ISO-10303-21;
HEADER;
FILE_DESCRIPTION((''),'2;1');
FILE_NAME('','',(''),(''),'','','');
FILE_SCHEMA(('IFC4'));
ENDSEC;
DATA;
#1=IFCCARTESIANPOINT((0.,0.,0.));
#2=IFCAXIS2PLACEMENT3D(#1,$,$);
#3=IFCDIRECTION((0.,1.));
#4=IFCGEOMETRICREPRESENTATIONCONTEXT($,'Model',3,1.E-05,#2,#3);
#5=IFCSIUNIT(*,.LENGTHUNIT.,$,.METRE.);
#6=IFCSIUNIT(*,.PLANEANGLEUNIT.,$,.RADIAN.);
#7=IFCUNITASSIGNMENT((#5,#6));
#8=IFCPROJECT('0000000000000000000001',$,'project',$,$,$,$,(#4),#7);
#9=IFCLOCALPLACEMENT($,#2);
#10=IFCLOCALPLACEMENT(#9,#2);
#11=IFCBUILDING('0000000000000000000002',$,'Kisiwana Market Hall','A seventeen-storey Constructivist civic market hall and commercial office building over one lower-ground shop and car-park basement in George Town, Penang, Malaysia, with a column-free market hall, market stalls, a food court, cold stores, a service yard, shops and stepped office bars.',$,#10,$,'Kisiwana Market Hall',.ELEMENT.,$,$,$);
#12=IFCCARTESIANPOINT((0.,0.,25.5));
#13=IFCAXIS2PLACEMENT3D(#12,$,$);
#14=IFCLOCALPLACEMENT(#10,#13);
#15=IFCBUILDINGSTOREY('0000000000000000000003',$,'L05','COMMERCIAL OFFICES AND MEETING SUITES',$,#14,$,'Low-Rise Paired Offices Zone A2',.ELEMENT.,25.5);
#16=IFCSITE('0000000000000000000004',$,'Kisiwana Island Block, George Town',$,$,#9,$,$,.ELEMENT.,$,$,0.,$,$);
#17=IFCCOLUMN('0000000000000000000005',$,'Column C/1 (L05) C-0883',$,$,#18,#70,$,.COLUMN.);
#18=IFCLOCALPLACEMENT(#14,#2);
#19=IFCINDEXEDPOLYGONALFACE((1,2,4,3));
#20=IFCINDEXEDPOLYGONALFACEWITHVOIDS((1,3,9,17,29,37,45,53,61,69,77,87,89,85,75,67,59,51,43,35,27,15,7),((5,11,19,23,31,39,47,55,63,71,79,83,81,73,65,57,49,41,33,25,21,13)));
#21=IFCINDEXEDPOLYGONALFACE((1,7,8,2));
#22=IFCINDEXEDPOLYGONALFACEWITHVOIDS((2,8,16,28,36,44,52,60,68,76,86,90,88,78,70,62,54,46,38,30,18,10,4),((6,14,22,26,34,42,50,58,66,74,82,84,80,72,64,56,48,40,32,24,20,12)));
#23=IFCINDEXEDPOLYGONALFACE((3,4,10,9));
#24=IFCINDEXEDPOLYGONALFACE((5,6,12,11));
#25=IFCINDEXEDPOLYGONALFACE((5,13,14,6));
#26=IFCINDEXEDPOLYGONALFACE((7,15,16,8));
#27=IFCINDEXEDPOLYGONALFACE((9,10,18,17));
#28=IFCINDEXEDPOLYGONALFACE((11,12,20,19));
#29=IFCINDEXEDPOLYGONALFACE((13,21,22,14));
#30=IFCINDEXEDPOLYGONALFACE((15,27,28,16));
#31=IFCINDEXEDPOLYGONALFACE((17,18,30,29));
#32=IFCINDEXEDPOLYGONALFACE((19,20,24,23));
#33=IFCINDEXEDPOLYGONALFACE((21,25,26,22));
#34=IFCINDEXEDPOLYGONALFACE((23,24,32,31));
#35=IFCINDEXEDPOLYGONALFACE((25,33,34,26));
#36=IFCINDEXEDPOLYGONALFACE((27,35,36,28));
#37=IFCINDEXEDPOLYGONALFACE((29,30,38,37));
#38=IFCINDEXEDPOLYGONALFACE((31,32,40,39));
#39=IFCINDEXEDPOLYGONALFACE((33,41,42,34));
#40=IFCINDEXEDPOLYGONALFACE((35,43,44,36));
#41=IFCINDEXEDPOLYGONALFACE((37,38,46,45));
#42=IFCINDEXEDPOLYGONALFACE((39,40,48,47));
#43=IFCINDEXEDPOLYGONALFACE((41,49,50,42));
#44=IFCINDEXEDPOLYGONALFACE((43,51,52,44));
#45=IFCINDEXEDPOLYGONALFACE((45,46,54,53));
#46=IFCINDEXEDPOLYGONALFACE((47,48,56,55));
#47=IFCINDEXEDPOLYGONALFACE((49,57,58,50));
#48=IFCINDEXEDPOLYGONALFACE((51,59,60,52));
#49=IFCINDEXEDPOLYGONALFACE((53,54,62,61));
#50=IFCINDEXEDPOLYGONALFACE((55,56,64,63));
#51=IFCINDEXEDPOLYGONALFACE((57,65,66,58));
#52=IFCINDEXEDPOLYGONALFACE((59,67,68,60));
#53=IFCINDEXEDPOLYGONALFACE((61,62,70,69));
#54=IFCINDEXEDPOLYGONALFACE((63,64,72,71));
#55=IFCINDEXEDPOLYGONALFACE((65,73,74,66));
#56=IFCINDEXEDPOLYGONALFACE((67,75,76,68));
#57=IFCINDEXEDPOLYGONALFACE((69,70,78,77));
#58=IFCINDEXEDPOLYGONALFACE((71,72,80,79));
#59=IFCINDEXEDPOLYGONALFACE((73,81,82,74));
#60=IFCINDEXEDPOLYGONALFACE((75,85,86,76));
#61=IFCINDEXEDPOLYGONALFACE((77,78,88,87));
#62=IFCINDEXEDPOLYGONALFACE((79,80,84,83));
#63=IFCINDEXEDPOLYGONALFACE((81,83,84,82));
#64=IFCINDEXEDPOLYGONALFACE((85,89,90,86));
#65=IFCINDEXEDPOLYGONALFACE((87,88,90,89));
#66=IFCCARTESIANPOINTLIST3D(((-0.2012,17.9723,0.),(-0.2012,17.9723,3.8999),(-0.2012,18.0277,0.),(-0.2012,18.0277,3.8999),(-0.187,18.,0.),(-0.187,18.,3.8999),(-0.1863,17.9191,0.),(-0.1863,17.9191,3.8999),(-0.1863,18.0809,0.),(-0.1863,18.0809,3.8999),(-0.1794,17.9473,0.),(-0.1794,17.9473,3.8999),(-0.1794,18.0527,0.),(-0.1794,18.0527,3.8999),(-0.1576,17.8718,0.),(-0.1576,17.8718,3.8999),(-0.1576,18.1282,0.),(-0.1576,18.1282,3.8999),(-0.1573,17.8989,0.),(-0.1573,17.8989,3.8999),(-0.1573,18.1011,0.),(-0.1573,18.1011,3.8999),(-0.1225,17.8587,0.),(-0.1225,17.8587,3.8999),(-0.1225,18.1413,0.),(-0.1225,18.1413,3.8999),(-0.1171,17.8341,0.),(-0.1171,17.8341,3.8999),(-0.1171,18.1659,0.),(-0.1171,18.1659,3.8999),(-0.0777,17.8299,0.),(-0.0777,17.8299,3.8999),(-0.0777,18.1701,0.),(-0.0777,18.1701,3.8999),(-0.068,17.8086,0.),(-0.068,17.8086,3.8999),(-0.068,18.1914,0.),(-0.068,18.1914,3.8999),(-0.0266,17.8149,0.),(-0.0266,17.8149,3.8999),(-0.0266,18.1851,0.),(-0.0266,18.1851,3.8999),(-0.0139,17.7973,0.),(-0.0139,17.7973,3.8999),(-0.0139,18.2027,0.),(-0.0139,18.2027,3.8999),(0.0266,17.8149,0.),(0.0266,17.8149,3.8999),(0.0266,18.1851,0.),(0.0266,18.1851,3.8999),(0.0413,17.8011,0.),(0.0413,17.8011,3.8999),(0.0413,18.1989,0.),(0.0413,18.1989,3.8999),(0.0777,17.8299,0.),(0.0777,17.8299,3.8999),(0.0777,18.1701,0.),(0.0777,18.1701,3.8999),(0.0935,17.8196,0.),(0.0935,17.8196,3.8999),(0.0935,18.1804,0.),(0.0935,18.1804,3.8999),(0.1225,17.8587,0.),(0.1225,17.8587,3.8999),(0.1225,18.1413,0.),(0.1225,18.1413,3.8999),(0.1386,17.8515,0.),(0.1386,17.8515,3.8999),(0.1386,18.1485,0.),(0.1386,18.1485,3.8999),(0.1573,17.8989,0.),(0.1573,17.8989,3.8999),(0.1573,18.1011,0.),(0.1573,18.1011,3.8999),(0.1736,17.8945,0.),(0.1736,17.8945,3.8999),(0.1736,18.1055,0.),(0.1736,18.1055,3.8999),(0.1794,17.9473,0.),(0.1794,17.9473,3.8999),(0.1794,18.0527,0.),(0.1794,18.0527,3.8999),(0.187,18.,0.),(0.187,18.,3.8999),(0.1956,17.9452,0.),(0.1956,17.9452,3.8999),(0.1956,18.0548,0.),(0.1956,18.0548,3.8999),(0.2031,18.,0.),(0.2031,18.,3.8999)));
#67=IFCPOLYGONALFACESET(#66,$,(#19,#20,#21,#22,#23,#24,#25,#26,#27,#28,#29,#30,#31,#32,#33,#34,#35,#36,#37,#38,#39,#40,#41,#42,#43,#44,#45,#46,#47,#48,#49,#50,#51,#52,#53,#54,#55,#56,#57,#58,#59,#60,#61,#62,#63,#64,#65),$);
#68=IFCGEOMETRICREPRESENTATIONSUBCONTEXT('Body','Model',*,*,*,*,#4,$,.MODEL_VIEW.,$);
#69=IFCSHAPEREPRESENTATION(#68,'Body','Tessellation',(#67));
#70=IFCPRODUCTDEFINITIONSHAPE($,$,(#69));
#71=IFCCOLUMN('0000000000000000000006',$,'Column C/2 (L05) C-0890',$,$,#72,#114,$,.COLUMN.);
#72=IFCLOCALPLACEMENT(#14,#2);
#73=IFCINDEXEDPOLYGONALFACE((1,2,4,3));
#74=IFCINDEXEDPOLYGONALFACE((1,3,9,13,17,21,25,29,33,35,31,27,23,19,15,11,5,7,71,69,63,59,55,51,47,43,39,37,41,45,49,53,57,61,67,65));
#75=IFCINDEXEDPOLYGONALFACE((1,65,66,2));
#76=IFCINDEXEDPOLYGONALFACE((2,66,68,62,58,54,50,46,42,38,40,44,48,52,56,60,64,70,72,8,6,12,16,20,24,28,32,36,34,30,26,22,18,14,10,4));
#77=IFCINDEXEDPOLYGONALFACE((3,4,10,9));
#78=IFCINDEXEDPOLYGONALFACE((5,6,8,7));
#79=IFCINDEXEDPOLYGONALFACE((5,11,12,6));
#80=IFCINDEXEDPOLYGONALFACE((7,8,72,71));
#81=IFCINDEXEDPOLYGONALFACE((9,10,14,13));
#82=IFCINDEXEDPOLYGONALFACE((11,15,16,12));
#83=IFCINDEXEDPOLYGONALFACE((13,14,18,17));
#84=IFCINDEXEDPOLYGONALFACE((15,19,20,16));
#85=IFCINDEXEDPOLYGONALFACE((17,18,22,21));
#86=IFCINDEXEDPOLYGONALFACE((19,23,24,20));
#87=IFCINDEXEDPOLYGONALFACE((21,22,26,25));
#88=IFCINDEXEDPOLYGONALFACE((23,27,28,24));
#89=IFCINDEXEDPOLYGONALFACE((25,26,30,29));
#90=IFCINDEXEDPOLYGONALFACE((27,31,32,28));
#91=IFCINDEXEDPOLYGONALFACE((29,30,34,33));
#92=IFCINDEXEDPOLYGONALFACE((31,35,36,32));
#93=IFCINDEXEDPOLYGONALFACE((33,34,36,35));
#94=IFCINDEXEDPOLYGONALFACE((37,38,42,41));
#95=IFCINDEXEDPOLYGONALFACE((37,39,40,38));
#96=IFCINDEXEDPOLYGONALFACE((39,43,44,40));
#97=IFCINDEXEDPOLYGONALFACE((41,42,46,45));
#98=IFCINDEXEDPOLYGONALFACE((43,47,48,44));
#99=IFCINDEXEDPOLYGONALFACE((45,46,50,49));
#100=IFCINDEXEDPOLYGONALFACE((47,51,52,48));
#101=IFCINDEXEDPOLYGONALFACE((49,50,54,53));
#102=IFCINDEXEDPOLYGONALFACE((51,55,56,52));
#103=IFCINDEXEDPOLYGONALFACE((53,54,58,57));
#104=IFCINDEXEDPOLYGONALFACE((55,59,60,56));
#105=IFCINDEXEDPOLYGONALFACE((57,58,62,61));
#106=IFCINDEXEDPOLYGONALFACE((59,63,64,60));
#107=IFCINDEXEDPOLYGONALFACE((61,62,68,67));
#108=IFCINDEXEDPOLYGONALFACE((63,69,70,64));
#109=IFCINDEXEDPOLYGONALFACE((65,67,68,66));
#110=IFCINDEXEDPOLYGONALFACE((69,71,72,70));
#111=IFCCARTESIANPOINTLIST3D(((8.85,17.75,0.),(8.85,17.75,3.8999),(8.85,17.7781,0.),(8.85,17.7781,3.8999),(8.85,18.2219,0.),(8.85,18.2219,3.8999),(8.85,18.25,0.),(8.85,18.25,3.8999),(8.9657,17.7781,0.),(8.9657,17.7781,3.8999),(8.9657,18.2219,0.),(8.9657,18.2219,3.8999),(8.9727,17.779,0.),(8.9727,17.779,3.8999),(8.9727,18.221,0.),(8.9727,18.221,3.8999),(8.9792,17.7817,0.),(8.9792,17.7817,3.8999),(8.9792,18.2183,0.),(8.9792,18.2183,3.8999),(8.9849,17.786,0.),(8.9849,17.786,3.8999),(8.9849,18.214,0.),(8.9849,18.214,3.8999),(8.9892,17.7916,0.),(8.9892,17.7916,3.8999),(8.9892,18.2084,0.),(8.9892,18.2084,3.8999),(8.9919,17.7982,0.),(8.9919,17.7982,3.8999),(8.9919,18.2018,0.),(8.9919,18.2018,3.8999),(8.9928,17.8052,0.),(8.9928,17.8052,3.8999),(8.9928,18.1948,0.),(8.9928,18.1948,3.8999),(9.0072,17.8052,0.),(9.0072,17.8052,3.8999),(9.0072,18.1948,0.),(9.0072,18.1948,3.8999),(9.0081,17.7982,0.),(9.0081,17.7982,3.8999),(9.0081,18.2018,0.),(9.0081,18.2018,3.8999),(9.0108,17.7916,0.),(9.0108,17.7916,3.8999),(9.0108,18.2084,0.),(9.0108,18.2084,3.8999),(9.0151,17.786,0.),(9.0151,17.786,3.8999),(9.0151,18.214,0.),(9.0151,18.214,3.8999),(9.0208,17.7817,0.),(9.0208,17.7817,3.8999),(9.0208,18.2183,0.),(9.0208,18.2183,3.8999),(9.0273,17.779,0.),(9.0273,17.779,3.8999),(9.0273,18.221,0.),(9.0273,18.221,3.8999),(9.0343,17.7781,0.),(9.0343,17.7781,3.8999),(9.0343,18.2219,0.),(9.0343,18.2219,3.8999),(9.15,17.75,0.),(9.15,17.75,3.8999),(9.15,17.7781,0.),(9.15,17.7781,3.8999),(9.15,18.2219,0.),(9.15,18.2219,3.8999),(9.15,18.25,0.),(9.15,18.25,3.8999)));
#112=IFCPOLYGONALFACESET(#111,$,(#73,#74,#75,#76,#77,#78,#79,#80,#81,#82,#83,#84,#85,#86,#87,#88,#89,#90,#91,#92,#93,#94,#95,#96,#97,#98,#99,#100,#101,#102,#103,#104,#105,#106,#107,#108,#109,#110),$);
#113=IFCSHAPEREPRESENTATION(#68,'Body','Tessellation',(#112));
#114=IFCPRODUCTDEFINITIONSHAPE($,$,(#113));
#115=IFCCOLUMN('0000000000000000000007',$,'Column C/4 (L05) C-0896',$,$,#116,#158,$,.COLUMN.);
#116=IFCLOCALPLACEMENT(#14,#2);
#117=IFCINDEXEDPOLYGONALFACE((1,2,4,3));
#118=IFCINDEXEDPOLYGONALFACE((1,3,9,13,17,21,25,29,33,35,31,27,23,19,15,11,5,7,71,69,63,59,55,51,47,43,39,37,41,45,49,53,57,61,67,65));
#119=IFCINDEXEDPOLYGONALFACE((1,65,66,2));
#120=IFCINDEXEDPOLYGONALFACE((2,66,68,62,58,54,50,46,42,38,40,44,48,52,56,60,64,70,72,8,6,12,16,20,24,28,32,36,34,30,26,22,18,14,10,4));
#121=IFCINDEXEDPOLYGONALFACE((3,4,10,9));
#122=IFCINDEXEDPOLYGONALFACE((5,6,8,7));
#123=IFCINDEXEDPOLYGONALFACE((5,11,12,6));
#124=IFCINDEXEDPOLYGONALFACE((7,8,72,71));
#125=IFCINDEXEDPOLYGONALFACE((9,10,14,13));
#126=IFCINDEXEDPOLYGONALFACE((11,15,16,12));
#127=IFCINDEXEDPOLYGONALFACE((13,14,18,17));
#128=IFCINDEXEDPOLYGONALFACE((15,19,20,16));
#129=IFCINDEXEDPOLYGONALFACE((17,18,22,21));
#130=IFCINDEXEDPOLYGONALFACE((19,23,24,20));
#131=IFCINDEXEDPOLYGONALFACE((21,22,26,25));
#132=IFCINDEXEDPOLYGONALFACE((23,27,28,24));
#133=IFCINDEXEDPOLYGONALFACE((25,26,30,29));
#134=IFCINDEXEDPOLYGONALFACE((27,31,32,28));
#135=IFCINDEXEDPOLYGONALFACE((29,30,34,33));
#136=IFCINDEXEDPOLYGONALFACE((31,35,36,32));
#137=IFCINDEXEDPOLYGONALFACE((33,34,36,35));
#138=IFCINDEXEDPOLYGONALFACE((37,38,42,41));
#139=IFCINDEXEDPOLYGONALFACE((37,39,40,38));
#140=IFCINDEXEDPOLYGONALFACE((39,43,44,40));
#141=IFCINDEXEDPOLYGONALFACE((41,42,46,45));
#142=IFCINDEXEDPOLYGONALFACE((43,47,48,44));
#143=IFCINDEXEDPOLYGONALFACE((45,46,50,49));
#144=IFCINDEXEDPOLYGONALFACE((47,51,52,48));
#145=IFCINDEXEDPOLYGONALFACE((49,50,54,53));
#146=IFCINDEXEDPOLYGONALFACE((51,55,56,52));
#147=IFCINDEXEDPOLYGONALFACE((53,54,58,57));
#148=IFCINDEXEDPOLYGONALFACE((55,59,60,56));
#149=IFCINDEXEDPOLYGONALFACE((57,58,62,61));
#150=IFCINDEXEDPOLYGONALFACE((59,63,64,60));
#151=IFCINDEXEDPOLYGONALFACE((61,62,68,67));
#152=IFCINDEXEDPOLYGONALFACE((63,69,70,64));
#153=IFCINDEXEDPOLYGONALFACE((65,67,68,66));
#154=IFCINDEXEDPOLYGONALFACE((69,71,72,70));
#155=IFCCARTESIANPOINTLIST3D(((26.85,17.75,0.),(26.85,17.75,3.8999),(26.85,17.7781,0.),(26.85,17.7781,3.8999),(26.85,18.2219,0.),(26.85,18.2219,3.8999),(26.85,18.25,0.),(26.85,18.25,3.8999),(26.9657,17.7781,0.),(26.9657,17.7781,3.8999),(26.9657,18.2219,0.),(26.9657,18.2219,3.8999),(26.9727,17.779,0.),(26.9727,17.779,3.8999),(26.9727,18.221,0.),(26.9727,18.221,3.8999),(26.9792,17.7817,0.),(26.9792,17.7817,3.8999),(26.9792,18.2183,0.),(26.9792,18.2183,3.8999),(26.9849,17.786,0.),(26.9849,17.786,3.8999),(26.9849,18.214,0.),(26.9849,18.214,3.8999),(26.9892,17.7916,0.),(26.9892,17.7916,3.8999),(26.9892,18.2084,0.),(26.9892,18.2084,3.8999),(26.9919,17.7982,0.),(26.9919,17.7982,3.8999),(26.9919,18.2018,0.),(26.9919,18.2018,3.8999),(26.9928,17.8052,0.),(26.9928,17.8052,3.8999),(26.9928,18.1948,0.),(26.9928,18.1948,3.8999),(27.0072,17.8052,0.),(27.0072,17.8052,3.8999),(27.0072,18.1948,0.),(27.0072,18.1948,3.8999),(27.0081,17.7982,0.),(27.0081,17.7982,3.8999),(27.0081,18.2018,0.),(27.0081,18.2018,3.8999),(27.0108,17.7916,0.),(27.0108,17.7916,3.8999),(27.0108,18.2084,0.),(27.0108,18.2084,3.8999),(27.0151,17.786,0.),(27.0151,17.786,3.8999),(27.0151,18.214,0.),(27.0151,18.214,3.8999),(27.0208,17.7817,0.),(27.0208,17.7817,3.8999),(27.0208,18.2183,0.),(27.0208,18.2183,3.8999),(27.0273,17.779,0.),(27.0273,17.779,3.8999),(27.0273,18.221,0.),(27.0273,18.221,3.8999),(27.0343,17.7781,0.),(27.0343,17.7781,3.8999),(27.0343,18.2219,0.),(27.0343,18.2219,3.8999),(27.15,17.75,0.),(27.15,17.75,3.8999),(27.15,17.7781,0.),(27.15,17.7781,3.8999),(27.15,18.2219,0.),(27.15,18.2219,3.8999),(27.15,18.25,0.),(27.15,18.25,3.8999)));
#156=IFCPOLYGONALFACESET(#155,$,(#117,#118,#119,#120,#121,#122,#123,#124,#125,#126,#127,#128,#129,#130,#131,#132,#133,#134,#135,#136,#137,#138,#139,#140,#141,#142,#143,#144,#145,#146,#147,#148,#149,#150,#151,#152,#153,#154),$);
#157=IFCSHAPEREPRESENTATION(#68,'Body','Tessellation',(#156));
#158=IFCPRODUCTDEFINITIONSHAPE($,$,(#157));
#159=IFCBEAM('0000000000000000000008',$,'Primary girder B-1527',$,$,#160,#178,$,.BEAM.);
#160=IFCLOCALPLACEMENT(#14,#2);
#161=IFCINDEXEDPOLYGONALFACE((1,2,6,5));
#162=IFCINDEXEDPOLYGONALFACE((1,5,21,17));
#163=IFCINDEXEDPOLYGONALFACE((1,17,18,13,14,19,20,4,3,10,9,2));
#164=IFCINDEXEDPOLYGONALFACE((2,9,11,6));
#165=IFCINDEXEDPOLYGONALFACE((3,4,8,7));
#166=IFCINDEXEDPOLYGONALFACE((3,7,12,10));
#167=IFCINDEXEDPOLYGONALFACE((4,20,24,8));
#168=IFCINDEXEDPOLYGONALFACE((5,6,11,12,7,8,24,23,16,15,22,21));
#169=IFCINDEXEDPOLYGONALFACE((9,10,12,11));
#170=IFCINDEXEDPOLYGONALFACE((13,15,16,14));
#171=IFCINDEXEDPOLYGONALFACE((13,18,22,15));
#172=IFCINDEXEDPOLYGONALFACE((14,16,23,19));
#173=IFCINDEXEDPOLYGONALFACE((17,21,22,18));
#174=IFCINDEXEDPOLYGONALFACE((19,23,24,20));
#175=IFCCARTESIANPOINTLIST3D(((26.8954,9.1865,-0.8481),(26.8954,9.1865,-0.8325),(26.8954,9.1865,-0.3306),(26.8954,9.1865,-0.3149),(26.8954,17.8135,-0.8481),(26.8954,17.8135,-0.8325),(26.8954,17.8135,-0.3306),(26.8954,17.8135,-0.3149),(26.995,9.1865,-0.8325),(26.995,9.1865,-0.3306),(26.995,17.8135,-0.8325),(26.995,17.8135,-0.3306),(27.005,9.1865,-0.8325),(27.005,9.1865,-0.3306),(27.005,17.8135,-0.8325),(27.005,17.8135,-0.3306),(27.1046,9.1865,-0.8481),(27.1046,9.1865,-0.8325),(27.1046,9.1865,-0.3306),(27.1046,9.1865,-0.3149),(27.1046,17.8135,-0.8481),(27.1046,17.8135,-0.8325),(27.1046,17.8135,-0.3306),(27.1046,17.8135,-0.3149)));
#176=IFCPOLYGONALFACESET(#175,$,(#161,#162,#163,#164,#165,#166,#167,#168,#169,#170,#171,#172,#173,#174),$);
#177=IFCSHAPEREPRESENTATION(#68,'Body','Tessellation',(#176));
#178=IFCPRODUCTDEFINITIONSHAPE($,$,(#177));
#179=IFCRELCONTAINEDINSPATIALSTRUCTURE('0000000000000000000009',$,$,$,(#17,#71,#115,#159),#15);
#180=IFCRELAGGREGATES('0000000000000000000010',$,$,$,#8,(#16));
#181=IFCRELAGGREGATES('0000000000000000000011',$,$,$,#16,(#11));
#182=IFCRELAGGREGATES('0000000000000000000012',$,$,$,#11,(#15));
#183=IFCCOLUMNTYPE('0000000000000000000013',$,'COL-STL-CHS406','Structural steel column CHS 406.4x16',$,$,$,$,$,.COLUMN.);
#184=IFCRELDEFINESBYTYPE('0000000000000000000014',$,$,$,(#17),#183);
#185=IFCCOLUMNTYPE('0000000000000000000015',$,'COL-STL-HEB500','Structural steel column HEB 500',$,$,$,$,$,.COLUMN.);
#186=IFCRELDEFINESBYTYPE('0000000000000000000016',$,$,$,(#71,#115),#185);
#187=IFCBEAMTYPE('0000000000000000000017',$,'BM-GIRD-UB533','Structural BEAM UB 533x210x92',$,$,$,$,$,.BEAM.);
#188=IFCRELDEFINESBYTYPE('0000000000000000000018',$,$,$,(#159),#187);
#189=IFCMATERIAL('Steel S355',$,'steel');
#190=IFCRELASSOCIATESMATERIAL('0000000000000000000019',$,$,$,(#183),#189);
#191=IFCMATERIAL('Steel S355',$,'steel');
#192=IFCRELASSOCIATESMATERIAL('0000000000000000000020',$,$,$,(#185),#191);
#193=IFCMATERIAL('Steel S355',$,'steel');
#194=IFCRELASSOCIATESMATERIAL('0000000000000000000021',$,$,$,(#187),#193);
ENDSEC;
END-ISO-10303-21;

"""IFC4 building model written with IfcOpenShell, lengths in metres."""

from ifc_helpers import new_model, si_unit, direction, frame, origin, origin_2d, place, context, subcontext, project, spatial, hollow_circle, i_section, extrude, material, material_profile, profile_set, type_object, element, save


model = new_model("IFC4")

# Units and contexts
model_context = context("Model", 3, precision=1e-05, world=origin(), true_north=direction((0.0, 1.0)))
body_context = subcontext(model_context, "Body", "Model", "MODEL_VIEW")
ifc_project = project(units=[si_unit("LENGTHUNIT", "METRE"), si_unit("PLANEANGLEUNIT", "RADIAN")], contexts=[model_context])

# Site, building, storey
site_placement = place(None, origin())
site = spatial("IfcSite", under=ifc_project, at=site_placement, Name="Kisiwana Island Block, George Town", CompositionType="ELEMENT", RefElevation=0.0)
building_placement = place(site_placement, origin())
building = spatial("IfcBuilding", under=site, at=building_placement, Name="Kisiwana Market Hall", Description="A seventeen-storey Constructivist civic market hall and commercial office building over one lower-ground shop and car-park basement in George Town, Penang, Malaysia, with a column-free market hall, market stalls, a food court, cold stores, a service yard, shops and stepped office bars.", LongName="Kisiwana Market Hall", CompositionType="ELEMENT")
storey_placement = place(building_placement, frame((0.0, 0.0, 25.5)))
storey = spatial("IfcBuildingStorey", under=building, at=storey_placement, Name="L05", Description="COMMERCIAL OFFICES AND MEETING SUITES", LongName="Low-Rise Paired Offices Zone A2", CompositionType="ELEMENT", Elevation=25.5)

# Columns
ifc_material_1 = material(Name="Steel S355", Category="steel")
ifc_material_profile_1 = material_profile(ifc_material_1, hollow_circle(Radius=0.2031, WallThickness=0.0161, at=origin_2d()), Name="CHS 406.4x16")
ifc_profile_set_1 = profile_set([ifc_material_profile_1], Name="Steel S355")
column_type_1 = type_object("IfcColumnType", Name="COL-STL-CHS406", Description="Structural steel column CHS 406.4x16", PredefinedType="COLUMN", material=ifc_profile_set_1)
column_placement = place(storey_placement, frame((0.0, 18.0, 0.0), z_axis=(0.0, 0.0, 1.0), x_axis=(1.0, 0.0, 0.0)))
element("IfcColumn", 1, at=column_placement, inside=storey, type_object=column_type_1, Name="Column C/1 (L05) C-0883", PredefinedType="COLUMN", context=body_context, shape_type="SweptSolid", body=[
    extrude(hollow_circle(Radius=0.2031, WallThickness=0.0161, at=origin_2d()), origin(), (0.0, 0.0, 1.0), 3.8999),
])
ifc_material_2 = material(Name="Steel S355", Category="steel")
ifc_material_profile_2 = material_profile(ifc_material_2, i_section(OverallWidth=0.3, OverallDepth=0.5, WebThickness=0.0144, FlangeThickness=0.0281, FilletRadius=0.0271, at=origin_2d()), Name="HEB 500")
ifc_profile_set_2 = profile_set([ifc_material_profile_2], Name="Steel S355")
column_type_2 = type_object("IfcColumnType", Name="COL-STL-HEB500", Description="Structural steel column HEB 500", PredefinedType="COLUMN", material=ifc_profile_set_2)
for number, where, z_axis, x_axis, name in (
    (2, (9.0, 18.0, 0.0), (0.0, 0.0, 1.0), (1.0, 0.0, 0.0), "Column C/2 (L05) C-0890"),
    (3, (27.0, 18.0, 0.0), (0.0, 0.0, 1.0), (1.0, 0.0, 0.0), "Column C/4 (L05) C-0896"),
):
    element("IfcColumn", number, at=place(storey_placement, frame(where, z_axis=z_axis, x_axis=x_axis)), inside=storey, type_object=column_type_2, Name=name, PredefinedType="COLUMN", context=body_context, shape_type="SweptSolid", body=[
        extrude(i_section(OverallWidth=0.3, OverallDepth=0.5, WebThickness=0.0144, FlangeThickness=0.0281, FilletRadius=0.0271, at=origin_2d()), origin(), (0.0, 0.0, 1.0), 3.8999),
    ])

# Beam
ifc_material_3 = material(Name="Steel S355", Category="steel")
ifc_material_profile_3 = material_profile(ifc_material_3, i_section(OverallWidth=0.2092, OverallDepth=0.5332, WebThickness=0.01, FlangeThickness=0.0156, at=origin_2d()), Name="UB 533x210x92")
ifc_profile_set_3 = profile_set([ifc_material_profile_3], Name="Steel S355")
beam_type_1 = type_object("IfcBeamType", Name="BM-GIRD-UB533", Description="Structural BEAM UB 533x210x92", PredefinedType="BEAM", material=ifc_profile_set_3)
beam_1_placement = place(storey_placement, frame((27.0, 9.1865, -0.5815), z_axis=(0.0, 1.0, 0.0), x_axis=(-1.0, 0.0, 0.0)))
element("IfcBeam", 4, at=beam_1_placement, inside=storey, type_object=beam_type_1, Name="Primary girder B-1527", PredefinedType="BEAM", context=body_context, shape_type="SweptSolid", body=[
    extrude(i_section(OverallWidth=0.2092, OverallDepth=0.5332, WebThickness=0.01, FlangeThickness=0.0156, at=origin_2d()), origin(), (0.0, 0.0, 1.0), 8.627),
])

save(model, "model.ifc")
